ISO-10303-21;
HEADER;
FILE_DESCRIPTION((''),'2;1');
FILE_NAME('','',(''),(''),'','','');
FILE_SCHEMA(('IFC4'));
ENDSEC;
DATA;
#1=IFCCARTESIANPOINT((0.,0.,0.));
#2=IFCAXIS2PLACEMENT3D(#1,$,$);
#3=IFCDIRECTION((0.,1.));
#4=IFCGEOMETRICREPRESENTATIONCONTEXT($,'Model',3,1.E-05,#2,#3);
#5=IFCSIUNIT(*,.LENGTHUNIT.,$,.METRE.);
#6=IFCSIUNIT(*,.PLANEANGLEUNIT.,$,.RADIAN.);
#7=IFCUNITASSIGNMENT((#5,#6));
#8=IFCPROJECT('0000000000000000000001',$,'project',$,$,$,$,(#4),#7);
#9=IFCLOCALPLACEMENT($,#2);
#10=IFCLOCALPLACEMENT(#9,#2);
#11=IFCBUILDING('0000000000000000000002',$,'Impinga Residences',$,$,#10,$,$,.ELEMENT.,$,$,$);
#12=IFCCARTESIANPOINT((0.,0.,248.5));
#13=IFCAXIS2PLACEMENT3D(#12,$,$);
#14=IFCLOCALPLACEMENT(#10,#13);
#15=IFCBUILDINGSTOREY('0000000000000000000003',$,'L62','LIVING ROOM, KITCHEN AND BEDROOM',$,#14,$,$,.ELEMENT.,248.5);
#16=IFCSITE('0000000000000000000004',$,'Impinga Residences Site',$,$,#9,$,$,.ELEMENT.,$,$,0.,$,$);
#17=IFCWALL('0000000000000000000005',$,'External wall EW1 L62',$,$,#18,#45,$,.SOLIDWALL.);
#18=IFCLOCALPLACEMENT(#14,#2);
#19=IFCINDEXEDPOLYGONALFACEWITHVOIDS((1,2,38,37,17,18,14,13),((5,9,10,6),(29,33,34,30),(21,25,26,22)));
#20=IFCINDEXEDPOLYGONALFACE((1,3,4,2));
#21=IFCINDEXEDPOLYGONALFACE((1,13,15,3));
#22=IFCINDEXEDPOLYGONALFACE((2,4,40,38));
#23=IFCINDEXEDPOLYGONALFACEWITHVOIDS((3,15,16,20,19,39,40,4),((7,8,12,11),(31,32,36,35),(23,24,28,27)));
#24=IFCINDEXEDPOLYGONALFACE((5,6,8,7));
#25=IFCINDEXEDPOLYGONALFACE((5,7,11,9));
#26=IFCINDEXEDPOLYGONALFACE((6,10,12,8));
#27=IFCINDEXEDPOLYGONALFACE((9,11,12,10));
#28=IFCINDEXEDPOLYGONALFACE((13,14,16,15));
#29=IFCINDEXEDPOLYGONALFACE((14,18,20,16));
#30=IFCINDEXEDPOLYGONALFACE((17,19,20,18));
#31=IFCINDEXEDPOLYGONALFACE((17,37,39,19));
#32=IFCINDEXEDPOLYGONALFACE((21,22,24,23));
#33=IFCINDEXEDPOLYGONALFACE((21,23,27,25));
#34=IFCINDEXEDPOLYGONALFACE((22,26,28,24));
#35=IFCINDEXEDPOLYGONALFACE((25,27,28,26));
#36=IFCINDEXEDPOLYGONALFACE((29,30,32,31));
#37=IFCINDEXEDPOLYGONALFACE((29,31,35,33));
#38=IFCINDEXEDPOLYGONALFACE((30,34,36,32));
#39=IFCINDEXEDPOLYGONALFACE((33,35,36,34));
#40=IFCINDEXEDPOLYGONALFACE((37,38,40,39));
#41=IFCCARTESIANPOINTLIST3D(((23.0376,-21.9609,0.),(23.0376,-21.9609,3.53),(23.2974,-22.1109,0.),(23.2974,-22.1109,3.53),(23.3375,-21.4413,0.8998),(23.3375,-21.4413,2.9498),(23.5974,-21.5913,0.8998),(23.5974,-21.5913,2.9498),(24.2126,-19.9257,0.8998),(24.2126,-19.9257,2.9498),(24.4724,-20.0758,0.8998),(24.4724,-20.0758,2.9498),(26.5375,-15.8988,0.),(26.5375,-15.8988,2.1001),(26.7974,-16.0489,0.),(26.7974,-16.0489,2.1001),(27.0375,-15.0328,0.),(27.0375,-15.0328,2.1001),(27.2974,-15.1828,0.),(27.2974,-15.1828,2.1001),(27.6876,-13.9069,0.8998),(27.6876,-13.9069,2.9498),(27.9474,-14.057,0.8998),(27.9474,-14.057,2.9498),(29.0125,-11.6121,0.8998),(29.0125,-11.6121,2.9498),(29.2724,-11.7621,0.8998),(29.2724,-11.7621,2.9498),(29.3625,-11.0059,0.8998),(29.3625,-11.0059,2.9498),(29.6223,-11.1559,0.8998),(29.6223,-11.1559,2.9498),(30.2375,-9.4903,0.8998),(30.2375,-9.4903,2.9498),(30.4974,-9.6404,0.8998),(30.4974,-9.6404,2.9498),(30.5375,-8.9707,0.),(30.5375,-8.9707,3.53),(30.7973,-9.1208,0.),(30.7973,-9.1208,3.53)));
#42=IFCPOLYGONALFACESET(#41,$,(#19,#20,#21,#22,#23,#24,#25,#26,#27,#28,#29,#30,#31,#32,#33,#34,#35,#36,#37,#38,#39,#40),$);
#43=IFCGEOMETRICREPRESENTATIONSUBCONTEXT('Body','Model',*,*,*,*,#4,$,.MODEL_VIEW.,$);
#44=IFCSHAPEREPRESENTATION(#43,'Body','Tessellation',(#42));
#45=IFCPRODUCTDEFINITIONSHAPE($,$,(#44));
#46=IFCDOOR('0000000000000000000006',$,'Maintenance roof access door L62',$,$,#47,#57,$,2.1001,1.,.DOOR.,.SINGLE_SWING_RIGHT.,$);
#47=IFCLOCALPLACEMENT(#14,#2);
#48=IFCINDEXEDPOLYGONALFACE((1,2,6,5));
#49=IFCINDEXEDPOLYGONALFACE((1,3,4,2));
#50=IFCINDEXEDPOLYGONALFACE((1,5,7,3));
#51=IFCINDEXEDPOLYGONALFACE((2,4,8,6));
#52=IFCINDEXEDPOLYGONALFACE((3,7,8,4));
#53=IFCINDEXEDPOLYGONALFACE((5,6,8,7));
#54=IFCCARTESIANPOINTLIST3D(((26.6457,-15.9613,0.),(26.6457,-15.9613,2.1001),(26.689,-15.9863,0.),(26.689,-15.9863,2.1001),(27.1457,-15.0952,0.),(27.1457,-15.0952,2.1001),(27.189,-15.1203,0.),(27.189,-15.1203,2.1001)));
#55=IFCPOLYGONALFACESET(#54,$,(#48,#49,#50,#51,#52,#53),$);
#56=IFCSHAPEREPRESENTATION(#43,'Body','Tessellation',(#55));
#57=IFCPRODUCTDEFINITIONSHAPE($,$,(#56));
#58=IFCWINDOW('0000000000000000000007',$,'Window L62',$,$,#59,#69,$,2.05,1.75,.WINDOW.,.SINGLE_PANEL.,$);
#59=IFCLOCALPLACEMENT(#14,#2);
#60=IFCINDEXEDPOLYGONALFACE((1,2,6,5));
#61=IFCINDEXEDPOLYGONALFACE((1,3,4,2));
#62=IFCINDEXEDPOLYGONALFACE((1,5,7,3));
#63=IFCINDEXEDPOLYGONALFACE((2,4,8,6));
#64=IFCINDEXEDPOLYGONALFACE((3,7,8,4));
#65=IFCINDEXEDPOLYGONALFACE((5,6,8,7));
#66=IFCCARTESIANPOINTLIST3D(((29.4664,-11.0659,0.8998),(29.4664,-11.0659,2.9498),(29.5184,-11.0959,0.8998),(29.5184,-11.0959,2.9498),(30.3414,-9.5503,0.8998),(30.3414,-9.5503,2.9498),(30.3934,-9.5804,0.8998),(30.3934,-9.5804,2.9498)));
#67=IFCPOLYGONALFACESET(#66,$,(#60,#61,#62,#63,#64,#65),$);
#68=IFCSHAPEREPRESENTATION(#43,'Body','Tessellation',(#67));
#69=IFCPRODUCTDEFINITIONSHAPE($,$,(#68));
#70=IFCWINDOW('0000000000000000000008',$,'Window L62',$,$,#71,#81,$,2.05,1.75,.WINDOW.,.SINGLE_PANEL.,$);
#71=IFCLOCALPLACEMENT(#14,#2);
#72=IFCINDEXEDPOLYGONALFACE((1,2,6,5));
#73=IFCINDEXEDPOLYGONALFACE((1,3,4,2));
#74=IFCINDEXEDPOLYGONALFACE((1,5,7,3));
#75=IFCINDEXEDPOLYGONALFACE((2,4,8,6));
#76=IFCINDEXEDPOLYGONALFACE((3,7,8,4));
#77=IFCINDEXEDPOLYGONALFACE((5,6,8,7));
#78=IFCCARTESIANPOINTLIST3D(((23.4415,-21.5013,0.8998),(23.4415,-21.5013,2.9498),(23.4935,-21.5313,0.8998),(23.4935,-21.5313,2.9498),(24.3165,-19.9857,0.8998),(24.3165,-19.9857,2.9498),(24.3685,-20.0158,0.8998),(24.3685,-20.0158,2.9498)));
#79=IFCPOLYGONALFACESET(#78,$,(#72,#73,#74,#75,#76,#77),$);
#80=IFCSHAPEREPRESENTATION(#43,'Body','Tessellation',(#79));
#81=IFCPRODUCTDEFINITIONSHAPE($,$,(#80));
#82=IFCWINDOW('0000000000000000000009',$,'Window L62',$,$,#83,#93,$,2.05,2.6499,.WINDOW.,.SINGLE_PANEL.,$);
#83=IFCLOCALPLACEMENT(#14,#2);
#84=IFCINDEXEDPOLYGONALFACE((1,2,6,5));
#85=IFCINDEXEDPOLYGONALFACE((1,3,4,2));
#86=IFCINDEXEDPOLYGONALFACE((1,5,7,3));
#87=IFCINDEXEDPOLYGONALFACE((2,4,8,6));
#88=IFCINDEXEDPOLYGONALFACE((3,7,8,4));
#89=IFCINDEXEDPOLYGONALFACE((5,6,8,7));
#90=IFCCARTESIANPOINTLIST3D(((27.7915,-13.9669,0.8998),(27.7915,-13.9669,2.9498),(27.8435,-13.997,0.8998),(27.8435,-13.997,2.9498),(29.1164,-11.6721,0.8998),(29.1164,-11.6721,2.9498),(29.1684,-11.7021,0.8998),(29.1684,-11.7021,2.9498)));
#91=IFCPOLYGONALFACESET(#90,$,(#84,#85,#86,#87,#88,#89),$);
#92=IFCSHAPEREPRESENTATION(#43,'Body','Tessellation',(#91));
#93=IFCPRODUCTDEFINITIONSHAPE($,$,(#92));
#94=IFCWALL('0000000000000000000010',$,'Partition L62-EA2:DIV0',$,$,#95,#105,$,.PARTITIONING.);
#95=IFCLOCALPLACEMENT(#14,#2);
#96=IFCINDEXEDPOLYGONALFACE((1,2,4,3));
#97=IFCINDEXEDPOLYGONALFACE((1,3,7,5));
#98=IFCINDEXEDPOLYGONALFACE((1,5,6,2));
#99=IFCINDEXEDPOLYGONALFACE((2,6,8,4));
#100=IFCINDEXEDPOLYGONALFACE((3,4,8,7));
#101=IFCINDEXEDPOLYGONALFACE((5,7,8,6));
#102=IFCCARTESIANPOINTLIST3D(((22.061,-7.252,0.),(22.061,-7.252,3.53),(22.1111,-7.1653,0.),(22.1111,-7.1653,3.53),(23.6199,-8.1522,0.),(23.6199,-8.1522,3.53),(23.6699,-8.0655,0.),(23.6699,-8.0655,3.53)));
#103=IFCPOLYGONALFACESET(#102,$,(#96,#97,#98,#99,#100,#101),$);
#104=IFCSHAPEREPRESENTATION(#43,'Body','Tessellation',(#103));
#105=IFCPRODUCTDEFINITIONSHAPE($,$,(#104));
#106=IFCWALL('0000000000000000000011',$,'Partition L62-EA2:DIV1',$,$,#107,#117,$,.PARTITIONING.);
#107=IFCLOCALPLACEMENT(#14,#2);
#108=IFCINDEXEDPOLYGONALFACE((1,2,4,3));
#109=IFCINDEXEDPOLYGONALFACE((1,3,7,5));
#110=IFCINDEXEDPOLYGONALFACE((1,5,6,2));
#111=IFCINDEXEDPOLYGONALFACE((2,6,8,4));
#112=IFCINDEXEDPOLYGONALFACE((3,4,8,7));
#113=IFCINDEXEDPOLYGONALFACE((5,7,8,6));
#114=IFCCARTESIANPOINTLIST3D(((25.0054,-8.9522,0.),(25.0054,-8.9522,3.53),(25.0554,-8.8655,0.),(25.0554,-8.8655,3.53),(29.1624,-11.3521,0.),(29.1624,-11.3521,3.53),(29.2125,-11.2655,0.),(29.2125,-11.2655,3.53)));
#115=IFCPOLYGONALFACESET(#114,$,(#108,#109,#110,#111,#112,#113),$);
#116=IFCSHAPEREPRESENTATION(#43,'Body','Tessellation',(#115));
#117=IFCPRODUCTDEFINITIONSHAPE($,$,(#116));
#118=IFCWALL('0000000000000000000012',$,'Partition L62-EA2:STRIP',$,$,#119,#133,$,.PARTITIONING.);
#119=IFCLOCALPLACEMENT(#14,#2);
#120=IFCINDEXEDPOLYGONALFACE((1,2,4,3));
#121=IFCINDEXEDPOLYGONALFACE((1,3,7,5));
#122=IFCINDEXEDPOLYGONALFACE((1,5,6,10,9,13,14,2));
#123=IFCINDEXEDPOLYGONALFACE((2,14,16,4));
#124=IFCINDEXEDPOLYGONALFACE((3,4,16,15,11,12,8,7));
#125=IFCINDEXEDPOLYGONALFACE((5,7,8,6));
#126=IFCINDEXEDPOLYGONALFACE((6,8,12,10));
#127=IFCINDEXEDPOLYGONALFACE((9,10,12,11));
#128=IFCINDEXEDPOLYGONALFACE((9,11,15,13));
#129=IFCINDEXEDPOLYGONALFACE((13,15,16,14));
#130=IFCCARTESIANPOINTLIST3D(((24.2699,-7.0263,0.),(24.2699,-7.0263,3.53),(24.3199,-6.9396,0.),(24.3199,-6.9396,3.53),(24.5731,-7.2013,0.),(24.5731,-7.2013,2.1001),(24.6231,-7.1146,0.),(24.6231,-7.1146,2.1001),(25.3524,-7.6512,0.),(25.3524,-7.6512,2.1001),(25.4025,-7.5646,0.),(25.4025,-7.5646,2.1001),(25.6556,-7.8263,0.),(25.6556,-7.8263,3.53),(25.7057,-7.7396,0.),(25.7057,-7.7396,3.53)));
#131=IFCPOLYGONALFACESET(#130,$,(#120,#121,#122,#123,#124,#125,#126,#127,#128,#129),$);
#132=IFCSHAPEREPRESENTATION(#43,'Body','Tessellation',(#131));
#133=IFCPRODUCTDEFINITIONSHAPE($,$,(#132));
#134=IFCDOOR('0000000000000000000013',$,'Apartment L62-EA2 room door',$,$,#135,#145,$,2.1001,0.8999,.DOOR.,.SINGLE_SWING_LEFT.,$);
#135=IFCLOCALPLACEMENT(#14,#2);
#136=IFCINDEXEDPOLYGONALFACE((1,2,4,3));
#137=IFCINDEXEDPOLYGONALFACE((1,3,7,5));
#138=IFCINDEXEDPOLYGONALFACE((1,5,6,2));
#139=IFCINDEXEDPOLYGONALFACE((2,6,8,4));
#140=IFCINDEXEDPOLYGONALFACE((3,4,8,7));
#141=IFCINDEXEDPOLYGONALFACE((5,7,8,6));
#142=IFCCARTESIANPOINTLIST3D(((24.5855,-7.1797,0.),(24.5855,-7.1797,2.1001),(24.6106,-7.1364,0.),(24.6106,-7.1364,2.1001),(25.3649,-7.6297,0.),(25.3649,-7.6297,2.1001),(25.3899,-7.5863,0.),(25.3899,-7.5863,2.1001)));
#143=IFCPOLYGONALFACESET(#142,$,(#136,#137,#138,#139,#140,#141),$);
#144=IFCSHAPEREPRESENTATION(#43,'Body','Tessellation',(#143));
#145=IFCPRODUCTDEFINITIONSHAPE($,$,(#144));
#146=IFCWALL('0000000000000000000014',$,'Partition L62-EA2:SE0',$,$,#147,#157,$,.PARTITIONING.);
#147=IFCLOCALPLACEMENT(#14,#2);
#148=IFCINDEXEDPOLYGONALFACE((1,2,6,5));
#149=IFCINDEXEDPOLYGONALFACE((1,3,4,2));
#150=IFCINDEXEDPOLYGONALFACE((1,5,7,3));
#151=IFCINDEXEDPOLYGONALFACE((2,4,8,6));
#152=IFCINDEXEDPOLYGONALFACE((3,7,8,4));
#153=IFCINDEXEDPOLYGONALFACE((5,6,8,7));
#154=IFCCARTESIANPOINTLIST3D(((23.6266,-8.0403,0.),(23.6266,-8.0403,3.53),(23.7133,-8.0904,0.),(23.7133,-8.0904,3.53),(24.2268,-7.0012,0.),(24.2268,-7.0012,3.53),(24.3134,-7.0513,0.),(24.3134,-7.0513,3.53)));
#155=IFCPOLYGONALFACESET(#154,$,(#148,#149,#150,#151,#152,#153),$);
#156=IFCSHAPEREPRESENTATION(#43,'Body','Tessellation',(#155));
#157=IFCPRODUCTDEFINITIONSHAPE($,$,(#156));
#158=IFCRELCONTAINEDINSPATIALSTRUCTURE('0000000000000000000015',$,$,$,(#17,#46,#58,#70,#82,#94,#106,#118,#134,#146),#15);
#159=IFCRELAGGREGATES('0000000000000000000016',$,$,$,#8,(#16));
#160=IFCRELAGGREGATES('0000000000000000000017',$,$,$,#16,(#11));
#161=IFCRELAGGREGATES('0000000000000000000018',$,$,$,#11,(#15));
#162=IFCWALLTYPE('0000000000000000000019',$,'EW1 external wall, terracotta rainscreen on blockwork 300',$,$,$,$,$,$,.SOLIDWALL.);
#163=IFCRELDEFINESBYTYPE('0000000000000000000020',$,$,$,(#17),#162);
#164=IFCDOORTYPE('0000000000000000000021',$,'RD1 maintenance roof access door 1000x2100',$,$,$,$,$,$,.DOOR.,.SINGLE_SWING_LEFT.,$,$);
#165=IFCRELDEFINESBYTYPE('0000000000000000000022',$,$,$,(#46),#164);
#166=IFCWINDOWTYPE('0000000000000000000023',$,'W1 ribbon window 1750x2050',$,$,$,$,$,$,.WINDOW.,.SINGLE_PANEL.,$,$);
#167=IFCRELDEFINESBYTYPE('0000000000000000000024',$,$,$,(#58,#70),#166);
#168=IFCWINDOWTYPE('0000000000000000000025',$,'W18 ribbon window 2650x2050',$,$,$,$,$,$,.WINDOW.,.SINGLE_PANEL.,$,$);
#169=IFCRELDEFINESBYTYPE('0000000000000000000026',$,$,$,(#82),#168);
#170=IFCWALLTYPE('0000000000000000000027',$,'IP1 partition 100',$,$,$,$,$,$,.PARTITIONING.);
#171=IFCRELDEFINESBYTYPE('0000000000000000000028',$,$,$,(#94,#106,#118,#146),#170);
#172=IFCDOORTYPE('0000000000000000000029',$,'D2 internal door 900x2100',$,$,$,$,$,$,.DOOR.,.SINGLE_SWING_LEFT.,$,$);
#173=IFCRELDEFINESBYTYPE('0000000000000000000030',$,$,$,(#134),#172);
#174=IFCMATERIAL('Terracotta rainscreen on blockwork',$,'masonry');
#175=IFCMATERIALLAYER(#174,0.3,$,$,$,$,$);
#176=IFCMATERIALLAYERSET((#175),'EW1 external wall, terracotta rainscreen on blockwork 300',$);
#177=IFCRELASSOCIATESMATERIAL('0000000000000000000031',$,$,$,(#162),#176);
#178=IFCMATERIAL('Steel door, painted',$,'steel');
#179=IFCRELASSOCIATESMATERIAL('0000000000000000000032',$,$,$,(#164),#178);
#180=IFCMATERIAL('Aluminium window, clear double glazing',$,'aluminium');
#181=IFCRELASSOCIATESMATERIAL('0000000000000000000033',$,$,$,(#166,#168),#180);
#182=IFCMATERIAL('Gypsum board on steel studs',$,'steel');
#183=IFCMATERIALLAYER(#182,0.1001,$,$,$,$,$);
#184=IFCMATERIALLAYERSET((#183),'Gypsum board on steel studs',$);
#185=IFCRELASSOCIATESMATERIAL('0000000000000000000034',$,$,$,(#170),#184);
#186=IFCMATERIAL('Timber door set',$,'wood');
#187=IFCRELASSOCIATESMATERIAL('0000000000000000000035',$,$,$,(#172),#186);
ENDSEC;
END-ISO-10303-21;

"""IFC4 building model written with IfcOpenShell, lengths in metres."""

from ifc_helpers import new_model, si_unit, direction, frame, frame_2d, origin, place, context, subcontext, project, spatial, rectangle, extrude, material, layer, layer_set, type_object, element, fill, save


model = new_model("IFC4")

# Units and contexts
model_context = context("Model", 3, precision=1e-05, world=origin(), true_north=direction((0.0, 1.0)))
body_context = subcontext(model_context, "Body", "Model", "MODEL_VIEW")
ifc_project = project(units=[si_unit("LENGTHUNIT", "METRE"), si_unit("PLANEANGLEUNIT", "RADIAN")], contexts=[model_context])

# Site, building, storey
site_placement = place(None, origin())
site = spatial("IfcSite", under=ifc_project, at=site_placement, Name="Impinga Residences Site", CompositionType="ELEMENT", RefElevation=0.0)
building_placement = place(site_placement, origin())
building = spatial("IfcBuilding", under=site, at=building_placement, Name="Impinga Residences", CompositionType="ELEMENT")
storey_placement = place(building_placement, frame((0.0, 0.0, 248.5)))
storey = spatial("IfcBuildingStorey", under=building, at=storey_placement, Name="L62", Description="LIVING ROOM, KITCHEN AND BEDROOM", CompositionType="ELEMENT", Elevation=248.5)

# Shared definitions
ifc_material_1 = material(Name="Timber door set", Category="wood")

# Shared definitions
ifc_material_2 = material(Name="Terracotta rainscreen on blockwork", Category="masonry")
ifc_layer_1 = layer(ifc_material_2, 0.3)
ifc_layer_set_1 = layer_set([ifc_layer_1], Name="EW1 external wall, terracotta rainscreen on blockwork 300")
wall_type_1 = type_object("IfcWallType", Name="EW1 external wall, terracotta rainscreen on blockwork 300", PredefinedType="SOLIDWALL", material=ifc_layer_set_1)

# Wall, openings, door, windows
wall_1_placement = place(storey_placement, frame((30.6675, -9.0457, 0.0), z_axis=(0.0, 0.0, 1.0), x_axis=(-0.500004, -0.866023, 0.0)))
wall_1 = element("IfcWall", 1, at=wall_1_placement, inside=storey, type_object=wall_type_1, Name="External wall EW1 L62", PredefinedType="SOLIDWALL", context=body_context, shape_type="SweptSolid", body=[
    extrude(rectangle(XDim=14.9998, YDim=0.3, at=frame_2d((7.5, 0.0))), origin(), (0.0, 0.0, 1.0), 3.53),
])
opening_1_placement = place(wall_1_placement, frame((7.0, 0.0, 0.0)))
opening_1 = element("IfcOpeningElement", 2, at=opening_1_placement, cuts=wall_1, PredefinedType="OPENING", context=body_context, shape_type="SweptSolid", body=[
    extrude(rectangle(XDim=1.0, YDim=2.1001, at=frame_2d((0.5, 1.05))), frame((0.0, 0.1599, 0.0), z_axis=(0.0, -1.0, 0.0), x_axis=(1.0, 0.0, 0.0)), (0.0, 0.0, 1.0), 0.3201),
])
opening_2_placement = place(wall_1_placement, frame((0.6001, 0.0, 0.8999)))
opening_2 = element("IfcOpeningElement", 3, at=opening_2_placement, cuts=wall_1, PredefinedType="OPENING", context=body_context, shape_type="SweptSolid", body=[
    extrude(rectangle(XDim=1.75, YDim=2.05, at=frame_2d((0.875, 1.0249))), frame((0.0, 0.1599, 0.0), z_axis=(0.0, -1.0, 0.0), x_axis=(1.0, 0.0, 0.0)), (0.0, 0.0, 1.0), 0.3201),
])
opening_3_placement = place(wall_1_placement, frame((3.05, 0.0, 0.8999)))
opening_3 = element("IfcOpeningElement", 4, at=opening_3_placement, cuts=wall_1, PredefinedType="OPENING", context=body_context, shape_type="SweptSolid", body=[
    extrude(rectangle(XDim=2.6499, YDim=2.05, at=frame_2d((1.325, 1.0249))), frame((0.0, 0.1599, 0.0), z_axis=(0.0, -1.0, 0.0), x_axis=(1.0, 0.0, 0.0)), (0.0, 0.0, 1.0), 0.3201),
])
opening_4_placement = place(wall_1_placement, frame((12.6499, 0.0, 0.8999)))
opening_4 = element("IfcOpeningElement", 5, at=opening_4_placement, cuts=wall_1, PredefinedType="OPENING", context=body_context, shape_type="SweptSolid", body=[
    extrude(rectangle(XDim=1.75, YDim=2.05, at=frame_2d((0.875, 1.0249))), frame((0.0, 0.1599, 0.0), z_axis=(0.0, -1.0, 0.0), x_axis=(1.0, 0.0, 0.0)), (0.0, 0.0, 1.0), 0.3201),
])
ifc_material_3 = material(Name="Steel door, painted", Category="steel")
door_type_1 = type_object("IfcDoorType", Name="RD1 maintenance roof access door 1000x2100", OperationType="SINGLE_SWING_LEFT", PredefinedType="DOOR", material=ifc_material_3)
door_1_placement = place(opening_1_placement, origin())
door_1 = element("IfcDoor", 6, at=door_1_placement, inside=storey, type_object=door_type_1, Name="Maintenance roof access door L62", OperationType="SINGLE_SWING_RIGHT", OverallHeight=2.1001, OverallWidth=1.0, PredefinedType="DOOR", context=body_context, shape_type="SweptSolid", body=[
    extrude(rectangle(XDim=1.0, YDim=2.1001, at=frame_2d((0.5, 1.05))), frame((0.0, 0.0249, 0.0), z_axis=(0.0, -1.0, 0.0), x_axis=(1.0, 0.0, 0.0)), (0.0, 0.0, 1.0), 0.05),
])
fill(opening_1, door_1)
ifc_material_4 = material(Name="Aluminium window, clear double glazing", Category="aluminium")
window_type_1 = type_object("IfcWindowType", Name="W1 ribbon window 1750x2050", PartitioningType="SINGLE_PANEL", PredefinedType="WINDOW", material=ifc_material_4)
window_1_placement = place(opening_2_placement, origin())
window_1 = element("IfcWindow", 7, at=window_1_placement, inside=storey, type_object=window_type_1, Name="Window L62", OverallHeight=2.05, OverallWidth=1.75, PartitioningType="SINGLE_PANEL", PredefinedType="WINDOW", context=body_context, shape_type="SweptSolid", body=[
    extrude(rectangle(XDim=1.75, YDim=2.05, at=frame_2d((0.875, 1.0249))), frame((0.0, 0.03, 0.0), z_axis=(0.0, -1.0, 0.0), x_axis=(1.0, 0.0, 0.0)), (0.0, 0.0, 1.0), 0.0601),
])
fill(opening_2, window_1)
window_2_placement = place(opening_4_placement, origin())
window_2 = element("IfcWindow", 8, at=window_2_placement, inside=storey, type_object=window_type_1, Name="Window L62", OverallHeight=2.05, OverallWidth=1.75, PartitioningType="SINGLE_PANEL", PredefinedType="WINDOW", context=body_context, shape_type="SweptSolid", body=[
    extrude(rectangle(XDim=1.75, YDim=2.05, at=frame_2d((0.875, 1.0249))), frame((0.0, 0.03, 0.0), z_axis=(0.0, -1.0, 0.0), x_axis=(1.0, 0.0, 0.0)), (0.0, 0.0, 1.0), 0.0601),
])
fill(opening_4, window_2)
window_type_2 = type_object("IfcWindowType", Name="W18 ribbon window 2650x2050", PartitioningType="SINGLE_PANEL", PredefinedType="WINDOW", material=ifc_material_4)
window_3_placement = place(opening_3_placement, origin())
window_3 = element("IfcWindow", 9, at=window_3_placement, inside=storey, type_object=window_type_2, Name="Window L62", OverallHeight=2.05, OverallWidth=2.6499, PartitioningType="SINGLE_PANEL", PredefinedType="WINDOW", context=body_context, shape_type="SweptSolid", body=[
    extrude(rectangle(XDim=2.6499, YDim=2.05, at=frame_2d((1.325, 1.0249))), frame((0.0, 0.03, 0.0), z_axis=(0.0, -1.0, 0.0), x_axis=(1.0, 0.0, 0.0)), (0.0, 0.0, 1.0), 0.0601),
])
fill(opening_3, window_3)

# Walls
ifc_material_5 = material(Name="Gypsum board on steel studs", Category="steel")
ifc_layer_2 = layer(ifc_material_5, 0.1001)
ifc_layer_set_2 = layer_set([ifc_layer_2], Name="Gypsum board on steel studs")
wall_type_2 = type_object("IfcWallType", Name="IP1 partition 100", PredefinedType="PARTITIONING", material=ifc_layer_set_2)
wall_2_placement = place(storey_placement, frame((22.0862, -7.2087, 0.0), z_axis=(0.0, 0.0, 1.0), x_axis=(0.865989, -0.500063, 0.0)))
element("IfcWall", 10, at=wall_2_placement, inside=storey, type_object=wall_type_2, Name="Partition L62-EA2:DIV0", PredefinedType="PARTITIONING", context=body_context, shape_type="SweptSolid", body=[
    extrude(rectangle(XDim=1.8, YDim=0.1001, at=frame_2d((0.8999, 0.0))), origin(), (0.0, 0.0, 1.0), 3.53),
])
wall_3_placement = place(storey_placement, frame((25.0305, -8.9089, 0.0), z_axis=(0.0, 0.0, 1.0), x_axis=(0.866037, -0.499979, 0.0)))
element("IfcWall", 11, at=wall_3_placement, inside=storey, type_object=wall_type_2, Name="Partition L62-EA2:DIV1", PredefinedType="PARTITIONING", context=body_context, shape_type="SweptSolid", body=[
    extrude(rectangle(XDim=4.8, YDim=0.1001, at=frame_2d((2.3999, 0.0))), origin(), (0.0, 0.0, 1.0), 3.53),
])

# Wall, opening, door
wall_4_placement = place(storey_placement, frame((24.2949, -6.9829, 0.0), z_axis=(0.0, 0.0, 1.0), x_axis=(0.866028, -0.499995, 0.0)))
wall_4 = element("IfcWall", 12, at=wall_4_placement, inside=storey, type_object=wall_type_2, Name="Partition L62-EA2:STRIP", PredefinedType="PARTITIONING", context=body_context, shape_type="SweptSolid", body=[
    extrude(rectangle(XDim=1.6001, YDim=0.1001, at=frame_2d((0.8, 0.0))), origin(), (0.0, 0.0, 1.0), 3.53),
])
opening_5_placement = place(wall_4_placement, frame((0.3501, 0.0, 0.0)))
opening_5 = element("IfcOpeningElement", 13, at=opening_5_placement, cuts=wall_4, PredefinedType="OPENING", context=body_context, shape_type="SweptSolid", body=[
    extrude(rectangle(XDim=0.8999, YDim=2.1001, at=frame_2d((0.45, 1.05))), frame((0.0, 0.0601, 0.0), z_axis=(0.0, -1.0, 0.0), x_axis=(1.0, 0.0, 0.0)), (0.0, 0.0, 1.0), 0.1201),
])
door_type_2 = type_object("IfcDoorType", Name="D2 internal door 900x2100", OperationType="SINGLE_SWING_LEFT", PredefinedType="DOOR", material=ifc_material_1)
door_2_placement = place(opening_5_placement, origin())
door_2 = element("IfcDoor", 14, at=door_2_placement, inside=storey, type_object=door_type_2, Name="Apartment L62-EA2 room door", OperationType="SINGLE_SWING_LEFT", OverallHeight=2.1001, OverallWidth=0.8999, PredefinedType="DOOR", context=body_context, shape_type="SweptSolid", body=[
    extrude(rectangle(XDim=0.8999, YDim=2.1001, at=frame_2d((0.45, 1.05))), frame((0.0, 0.0249, 0.0), z_axis=(0.0, -1.0, 0.0), x_axis=(1.0, 0.0, 0.0)), (0.0, 0.0, 1.0), 0.05),
])
fill(opening_5, door_2)

# Wall
wall_5_placement = place(storey_placement, frame((23.6699, -8.0654, 0.0), z_axis=(0.0, 0.0, 1.0), x_axis=(0.500122, 0.865955, 0.0)))
element("IfcWall", 15, at=wall_5_placement, inside=storey, type_object=wall_type_2, Name="Partition L62-EA2:SE0", PredefinedType="PARTITIONING", context=body_context, shape_type="SweptSolid", body=[
    extrude(rectangle(XDim=1.2, YDim=0.1001, at=frame_2d((0.6001, 0.0))), origin(), (0.0, 0.0, 1.0), 3.53),
])

save(model, "model.ifc")
